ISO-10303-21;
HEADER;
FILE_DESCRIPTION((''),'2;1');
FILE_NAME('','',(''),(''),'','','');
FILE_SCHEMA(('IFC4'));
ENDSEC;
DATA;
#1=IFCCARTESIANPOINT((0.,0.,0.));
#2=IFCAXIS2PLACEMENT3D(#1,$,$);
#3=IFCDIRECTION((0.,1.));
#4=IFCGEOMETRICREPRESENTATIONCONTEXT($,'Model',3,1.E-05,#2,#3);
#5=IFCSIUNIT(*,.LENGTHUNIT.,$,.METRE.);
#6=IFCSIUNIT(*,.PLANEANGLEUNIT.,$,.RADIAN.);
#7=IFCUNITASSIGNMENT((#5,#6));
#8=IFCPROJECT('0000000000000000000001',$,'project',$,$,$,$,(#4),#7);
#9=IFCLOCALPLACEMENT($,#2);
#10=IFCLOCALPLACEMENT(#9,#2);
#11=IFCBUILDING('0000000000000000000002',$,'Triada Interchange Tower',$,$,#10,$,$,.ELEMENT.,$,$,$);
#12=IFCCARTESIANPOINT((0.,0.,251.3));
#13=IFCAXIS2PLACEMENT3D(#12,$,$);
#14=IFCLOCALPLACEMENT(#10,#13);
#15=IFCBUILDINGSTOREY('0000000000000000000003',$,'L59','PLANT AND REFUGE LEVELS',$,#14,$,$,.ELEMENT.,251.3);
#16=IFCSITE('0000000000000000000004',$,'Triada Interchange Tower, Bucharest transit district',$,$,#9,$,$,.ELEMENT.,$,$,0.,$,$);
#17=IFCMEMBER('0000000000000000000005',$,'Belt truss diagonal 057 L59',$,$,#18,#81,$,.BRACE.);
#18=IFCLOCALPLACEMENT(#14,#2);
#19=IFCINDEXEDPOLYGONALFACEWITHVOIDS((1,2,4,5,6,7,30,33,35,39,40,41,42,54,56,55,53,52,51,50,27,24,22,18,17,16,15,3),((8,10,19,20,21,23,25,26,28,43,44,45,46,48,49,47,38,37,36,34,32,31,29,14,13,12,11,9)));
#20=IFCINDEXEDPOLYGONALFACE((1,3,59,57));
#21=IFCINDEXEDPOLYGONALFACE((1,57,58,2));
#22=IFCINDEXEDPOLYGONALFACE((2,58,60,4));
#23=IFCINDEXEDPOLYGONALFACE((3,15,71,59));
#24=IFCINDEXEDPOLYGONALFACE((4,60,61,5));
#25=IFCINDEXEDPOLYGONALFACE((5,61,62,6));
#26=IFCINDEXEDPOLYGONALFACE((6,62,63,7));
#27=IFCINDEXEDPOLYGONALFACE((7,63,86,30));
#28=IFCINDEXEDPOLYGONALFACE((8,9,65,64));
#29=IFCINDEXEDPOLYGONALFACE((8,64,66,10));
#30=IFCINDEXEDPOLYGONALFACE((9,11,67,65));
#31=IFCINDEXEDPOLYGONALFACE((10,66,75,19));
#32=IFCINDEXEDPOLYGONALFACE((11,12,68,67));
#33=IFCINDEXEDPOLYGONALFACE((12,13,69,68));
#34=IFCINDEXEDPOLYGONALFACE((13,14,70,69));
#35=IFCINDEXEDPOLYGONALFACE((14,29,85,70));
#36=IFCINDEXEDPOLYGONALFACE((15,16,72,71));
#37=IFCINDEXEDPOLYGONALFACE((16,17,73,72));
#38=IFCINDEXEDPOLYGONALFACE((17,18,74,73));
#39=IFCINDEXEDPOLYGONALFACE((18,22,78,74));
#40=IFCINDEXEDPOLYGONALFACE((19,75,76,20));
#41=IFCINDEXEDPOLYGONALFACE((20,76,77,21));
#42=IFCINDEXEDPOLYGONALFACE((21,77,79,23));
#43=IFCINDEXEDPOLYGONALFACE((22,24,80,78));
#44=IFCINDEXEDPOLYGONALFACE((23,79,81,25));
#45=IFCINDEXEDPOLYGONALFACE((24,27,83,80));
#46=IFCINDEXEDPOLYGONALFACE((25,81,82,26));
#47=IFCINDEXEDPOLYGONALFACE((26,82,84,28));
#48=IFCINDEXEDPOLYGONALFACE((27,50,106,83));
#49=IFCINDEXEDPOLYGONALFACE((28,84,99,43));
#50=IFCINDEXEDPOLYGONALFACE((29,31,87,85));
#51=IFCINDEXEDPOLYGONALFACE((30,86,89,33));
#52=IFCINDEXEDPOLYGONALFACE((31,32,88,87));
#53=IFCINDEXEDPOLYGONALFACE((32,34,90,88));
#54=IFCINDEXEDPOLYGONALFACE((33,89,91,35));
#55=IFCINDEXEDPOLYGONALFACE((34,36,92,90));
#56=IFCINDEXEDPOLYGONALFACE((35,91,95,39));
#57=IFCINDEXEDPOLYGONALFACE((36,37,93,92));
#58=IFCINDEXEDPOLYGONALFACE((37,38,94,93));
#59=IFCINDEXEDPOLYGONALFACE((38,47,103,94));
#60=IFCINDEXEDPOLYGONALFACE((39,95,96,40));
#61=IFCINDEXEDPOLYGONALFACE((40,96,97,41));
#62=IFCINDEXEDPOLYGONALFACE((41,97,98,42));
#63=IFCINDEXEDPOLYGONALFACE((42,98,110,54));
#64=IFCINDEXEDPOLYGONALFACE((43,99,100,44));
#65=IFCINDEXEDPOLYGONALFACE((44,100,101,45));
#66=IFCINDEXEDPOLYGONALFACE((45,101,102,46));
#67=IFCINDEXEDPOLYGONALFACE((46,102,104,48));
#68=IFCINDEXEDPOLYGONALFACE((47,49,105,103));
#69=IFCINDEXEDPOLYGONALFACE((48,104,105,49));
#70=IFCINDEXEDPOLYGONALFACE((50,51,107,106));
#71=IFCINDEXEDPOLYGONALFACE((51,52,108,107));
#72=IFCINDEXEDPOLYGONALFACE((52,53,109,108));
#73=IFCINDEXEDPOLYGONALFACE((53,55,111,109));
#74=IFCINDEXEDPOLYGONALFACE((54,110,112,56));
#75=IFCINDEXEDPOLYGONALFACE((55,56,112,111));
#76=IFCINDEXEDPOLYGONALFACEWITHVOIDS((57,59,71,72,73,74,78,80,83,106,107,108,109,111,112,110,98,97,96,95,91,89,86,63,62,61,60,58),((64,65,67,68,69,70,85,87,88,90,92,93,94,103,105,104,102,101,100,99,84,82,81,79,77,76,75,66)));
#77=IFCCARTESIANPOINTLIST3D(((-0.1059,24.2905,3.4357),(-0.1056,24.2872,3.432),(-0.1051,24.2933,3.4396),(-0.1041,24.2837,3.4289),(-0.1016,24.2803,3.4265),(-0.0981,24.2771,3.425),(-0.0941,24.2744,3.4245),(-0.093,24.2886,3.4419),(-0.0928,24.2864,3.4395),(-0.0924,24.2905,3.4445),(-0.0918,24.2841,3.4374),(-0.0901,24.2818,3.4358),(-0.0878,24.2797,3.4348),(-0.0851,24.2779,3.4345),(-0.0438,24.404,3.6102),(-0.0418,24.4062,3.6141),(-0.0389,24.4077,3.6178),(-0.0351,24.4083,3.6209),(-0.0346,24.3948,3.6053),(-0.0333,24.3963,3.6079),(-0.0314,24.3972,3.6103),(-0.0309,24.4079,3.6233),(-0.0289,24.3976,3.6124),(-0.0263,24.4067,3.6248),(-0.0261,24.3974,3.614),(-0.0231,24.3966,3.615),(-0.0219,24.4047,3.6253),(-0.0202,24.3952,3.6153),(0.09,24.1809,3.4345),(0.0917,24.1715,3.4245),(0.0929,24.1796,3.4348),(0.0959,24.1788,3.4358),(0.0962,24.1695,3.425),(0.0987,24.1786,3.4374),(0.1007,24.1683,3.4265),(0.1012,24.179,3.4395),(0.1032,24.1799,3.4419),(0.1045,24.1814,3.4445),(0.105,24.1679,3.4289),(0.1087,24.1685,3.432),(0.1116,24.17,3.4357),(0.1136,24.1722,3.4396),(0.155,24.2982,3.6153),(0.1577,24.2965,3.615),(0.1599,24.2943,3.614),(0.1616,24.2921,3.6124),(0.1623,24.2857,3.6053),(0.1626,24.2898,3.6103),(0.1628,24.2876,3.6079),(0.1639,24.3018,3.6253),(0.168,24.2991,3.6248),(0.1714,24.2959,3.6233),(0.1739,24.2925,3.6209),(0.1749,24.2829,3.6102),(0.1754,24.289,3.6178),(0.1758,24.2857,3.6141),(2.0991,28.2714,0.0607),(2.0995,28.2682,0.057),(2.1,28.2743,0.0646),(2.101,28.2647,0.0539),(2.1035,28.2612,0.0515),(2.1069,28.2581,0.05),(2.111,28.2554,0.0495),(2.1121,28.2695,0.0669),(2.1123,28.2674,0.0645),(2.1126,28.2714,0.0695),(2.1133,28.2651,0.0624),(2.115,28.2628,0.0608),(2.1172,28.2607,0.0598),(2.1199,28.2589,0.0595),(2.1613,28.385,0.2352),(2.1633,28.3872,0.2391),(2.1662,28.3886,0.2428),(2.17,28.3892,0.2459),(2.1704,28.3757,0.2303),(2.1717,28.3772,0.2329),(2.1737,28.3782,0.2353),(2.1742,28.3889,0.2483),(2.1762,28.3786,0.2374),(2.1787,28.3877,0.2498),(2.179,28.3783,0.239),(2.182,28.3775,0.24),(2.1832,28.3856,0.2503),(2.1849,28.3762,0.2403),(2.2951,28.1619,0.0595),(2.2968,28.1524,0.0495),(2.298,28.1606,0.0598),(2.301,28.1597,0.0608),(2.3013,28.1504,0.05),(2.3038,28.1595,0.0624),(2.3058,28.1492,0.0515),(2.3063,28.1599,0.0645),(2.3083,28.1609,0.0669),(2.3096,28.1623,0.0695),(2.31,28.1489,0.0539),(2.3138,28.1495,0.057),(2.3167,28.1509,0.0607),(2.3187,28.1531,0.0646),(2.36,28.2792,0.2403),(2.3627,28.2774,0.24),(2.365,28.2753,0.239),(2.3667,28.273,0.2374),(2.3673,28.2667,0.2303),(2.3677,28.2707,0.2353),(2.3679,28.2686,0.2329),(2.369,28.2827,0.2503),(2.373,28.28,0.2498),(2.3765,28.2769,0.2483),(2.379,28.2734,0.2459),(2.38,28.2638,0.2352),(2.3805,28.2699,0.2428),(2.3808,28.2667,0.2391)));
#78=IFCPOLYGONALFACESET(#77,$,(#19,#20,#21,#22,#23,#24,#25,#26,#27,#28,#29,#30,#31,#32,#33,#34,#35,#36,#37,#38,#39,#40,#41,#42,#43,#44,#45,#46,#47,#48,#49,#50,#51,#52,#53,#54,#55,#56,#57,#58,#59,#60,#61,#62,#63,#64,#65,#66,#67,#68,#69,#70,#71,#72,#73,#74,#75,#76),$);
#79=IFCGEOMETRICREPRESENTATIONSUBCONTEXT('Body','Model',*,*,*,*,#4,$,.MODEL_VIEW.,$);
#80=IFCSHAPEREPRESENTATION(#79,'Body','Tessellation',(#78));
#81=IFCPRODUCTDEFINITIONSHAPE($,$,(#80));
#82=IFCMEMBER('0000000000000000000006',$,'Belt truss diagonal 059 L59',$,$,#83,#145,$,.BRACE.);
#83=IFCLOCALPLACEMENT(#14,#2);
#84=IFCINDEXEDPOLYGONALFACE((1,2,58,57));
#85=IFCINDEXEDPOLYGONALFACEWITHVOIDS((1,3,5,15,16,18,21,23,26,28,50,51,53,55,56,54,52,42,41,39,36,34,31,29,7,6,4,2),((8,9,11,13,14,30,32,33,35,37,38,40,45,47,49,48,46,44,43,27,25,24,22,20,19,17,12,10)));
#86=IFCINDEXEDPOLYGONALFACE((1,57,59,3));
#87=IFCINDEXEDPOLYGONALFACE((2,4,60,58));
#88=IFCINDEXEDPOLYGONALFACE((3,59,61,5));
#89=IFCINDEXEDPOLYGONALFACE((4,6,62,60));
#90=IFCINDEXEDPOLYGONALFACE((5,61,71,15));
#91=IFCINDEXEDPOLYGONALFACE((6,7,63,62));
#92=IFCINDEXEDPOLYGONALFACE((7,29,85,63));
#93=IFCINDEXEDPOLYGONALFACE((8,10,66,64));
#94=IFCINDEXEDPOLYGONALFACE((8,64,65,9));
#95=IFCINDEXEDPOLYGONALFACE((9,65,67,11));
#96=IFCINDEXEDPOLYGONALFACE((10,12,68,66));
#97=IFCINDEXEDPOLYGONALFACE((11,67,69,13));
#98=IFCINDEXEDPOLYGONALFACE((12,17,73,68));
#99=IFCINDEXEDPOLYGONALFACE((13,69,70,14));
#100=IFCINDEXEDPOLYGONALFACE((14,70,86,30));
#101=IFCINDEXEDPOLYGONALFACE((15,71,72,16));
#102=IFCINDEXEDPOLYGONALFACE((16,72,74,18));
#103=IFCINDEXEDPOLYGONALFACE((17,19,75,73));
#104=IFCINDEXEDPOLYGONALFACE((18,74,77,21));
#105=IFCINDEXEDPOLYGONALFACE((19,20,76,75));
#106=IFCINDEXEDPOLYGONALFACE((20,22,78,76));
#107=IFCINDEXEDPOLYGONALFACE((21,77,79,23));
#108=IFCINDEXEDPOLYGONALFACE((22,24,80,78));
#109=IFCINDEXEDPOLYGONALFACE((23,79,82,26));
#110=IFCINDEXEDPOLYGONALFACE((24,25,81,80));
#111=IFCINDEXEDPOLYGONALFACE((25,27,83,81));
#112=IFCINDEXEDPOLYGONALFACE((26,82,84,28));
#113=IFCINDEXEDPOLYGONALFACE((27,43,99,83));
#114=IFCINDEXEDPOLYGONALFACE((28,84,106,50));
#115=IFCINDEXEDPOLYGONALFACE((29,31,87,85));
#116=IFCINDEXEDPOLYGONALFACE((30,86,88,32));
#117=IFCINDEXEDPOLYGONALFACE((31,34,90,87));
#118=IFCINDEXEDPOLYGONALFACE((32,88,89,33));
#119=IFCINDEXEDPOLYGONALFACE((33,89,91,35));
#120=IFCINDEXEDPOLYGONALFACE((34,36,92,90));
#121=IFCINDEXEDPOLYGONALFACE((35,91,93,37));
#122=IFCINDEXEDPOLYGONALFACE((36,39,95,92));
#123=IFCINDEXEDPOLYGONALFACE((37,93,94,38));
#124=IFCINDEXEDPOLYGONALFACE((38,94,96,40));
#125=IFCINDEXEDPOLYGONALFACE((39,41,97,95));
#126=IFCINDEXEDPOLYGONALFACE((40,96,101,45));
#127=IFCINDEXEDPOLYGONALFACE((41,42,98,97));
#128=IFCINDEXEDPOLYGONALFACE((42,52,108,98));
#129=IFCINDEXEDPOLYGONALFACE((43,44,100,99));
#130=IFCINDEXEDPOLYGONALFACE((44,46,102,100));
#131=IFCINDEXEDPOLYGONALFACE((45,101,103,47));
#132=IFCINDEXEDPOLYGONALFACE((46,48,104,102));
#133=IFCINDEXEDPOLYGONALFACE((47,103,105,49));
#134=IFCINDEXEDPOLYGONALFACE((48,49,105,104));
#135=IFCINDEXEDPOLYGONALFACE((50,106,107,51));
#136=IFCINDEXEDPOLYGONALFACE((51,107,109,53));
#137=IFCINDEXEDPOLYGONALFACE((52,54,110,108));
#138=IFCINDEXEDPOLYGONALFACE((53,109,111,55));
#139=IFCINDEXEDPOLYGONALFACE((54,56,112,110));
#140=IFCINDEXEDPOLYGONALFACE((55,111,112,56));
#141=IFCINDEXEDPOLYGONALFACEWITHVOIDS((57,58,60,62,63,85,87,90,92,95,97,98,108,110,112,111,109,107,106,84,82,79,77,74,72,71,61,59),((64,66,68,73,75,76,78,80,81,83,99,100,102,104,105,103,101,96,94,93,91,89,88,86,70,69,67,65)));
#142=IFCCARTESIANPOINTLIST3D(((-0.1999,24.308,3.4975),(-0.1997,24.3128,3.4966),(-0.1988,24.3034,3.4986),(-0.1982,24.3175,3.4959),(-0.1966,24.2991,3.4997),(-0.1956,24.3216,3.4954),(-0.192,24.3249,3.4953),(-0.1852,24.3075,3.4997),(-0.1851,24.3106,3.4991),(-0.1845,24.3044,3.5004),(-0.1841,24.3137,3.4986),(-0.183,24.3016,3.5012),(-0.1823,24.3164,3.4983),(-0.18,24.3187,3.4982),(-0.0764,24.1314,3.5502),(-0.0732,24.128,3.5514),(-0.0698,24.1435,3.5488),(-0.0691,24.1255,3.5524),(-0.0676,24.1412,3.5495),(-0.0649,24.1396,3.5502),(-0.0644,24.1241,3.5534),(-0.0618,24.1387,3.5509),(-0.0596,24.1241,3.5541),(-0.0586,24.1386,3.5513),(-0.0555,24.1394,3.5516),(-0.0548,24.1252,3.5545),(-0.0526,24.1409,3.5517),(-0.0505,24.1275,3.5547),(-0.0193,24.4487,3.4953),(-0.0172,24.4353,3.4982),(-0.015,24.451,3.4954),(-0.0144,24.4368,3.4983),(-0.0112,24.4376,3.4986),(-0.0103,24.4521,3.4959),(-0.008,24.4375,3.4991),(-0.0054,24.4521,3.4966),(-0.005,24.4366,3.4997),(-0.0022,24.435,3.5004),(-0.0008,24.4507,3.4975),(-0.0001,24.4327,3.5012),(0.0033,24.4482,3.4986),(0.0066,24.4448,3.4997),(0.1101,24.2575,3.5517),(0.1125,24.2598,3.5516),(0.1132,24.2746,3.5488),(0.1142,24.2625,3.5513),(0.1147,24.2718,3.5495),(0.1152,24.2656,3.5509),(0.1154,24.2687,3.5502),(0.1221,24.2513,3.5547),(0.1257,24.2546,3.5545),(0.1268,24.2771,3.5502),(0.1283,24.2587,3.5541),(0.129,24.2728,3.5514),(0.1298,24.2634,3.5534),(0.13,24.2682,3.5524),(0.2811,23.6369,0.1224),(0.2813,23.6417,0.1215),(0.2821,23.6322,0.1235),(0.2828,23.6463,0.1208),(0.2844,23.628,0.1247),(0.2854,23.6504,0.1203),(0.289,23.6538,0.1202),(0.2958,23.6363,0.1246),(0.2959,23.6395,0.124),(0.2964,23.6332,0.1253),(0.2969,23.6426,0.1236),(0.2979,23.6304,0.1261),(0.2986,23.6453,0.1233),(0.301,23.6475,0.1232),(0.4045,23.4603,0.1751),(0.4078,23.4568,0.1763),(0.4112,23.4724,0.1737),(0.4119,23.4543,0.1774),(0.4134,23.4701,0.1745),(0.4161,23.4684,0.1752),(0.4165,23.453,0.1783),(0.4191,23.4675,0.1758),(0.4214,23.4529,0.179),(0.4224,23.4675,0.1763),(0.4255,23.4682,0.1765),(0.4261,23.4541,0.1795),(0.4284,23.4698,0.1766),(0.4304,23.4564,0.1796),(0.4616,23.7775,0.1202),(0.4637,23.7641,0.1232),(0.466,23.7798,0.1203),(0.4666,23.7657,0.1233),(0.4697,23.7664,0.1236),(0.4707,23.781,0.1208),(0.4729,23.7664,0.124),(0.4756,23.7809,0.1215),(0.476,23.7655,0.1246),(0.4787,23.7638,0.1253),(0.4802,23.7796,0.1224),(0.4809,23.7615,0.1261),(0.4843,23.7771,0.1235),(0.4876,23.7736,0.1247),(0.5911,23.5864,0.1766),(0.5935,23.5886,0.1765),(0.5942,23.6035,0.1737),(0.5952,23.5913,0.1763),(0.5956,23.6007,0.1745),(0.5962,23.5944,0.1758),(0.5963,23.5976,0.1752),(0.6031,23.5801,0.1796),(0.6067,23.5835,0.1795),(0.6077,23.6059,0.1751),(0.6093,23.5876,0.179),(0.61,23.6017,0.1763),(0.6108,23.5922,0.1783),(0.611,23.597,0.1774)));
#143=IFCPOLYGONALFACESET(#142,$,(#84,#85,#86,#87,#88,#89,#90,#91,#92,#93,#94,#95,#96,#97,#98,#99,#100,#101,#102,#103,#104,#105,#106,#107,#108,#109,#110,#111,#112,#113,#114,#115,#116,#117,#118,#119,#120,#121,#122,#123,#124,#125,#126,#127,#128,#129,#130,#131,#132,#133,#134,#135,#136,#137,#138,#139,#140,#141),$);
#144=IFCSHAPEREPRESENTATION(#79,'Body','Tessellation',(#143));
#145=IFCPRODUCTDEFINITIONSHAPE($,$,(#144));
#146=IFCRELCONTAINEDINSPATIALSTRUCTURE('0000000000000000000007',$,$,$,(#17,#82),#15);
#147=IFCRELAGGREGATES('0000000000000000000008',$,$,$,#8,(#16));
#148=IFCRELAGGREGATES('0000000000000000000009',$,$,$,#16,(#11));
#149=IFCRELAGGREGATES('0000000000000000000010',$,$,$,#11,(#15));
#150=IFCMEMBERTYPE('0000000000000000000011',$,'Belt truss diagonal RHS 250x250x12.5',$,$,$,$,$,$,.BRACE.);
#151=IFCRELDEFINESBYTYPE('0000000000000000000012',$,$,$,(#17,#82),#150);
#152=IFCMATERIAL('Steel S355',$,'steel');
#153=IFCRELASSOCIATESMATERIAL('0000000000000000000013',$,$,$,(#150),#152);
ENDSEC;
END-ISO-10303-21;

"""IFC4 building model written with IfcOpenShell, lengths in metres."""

from ifc_helpers import new_model, si_unit, direction, frame, origin, origin_2d, place, context, subcontext, project, spatial, hollow_rectangle, extrude, material, material_profile, profile_set, type_object, element, save


model = new_model("IFC4")

# Units and contexts
model_context = context("Model", 3, precision=1e-05, world=origin(), true_north=direction((0.0, 1.0)))
body_context = subcontext(model_context, "Body", "Model", "MODEL_VIEW")
ifc_project = project(units=[si_unit("LENGTHUNIT", "METRE"), si_unit("PLANEANGLEUNIT", "RADIAN")], contexts=[model_context])

# Site, building, storey
site_placement = place(None, origin())
site = spatial("IfcSite", under=ifc_project, at=site_placement, Name="Triada Interchange Tower, Bucharest transit district", CompositionType="ELEMENT", RefElevation=0.0)
building_placement = place(site_placement, origin())
building = spatial("IfcBuilding", under=site, at=building_placement, Name="Triada Interchange Tower", CompositionType="ELEMENT")
storey_placement = place(building_placement, frame((0.0, 0.0, 251.3)))
storey = spatial("IfcBuildingStorey", under=building, at=storey_placement, Name="L59", Description="PLANT AND REFUGE LEVELS", CompositionType="ELEMENT", Elevation=251.3)

# Members
ifc_material_1 = material(Name="Steel S355", Category="steel")
ifc_material_profile_1 = material_profile(ifc_material_1, hollow_rectangle(XDim=0.25, YDim=0.25, WallThickness=0.0125, InnerFilletRadius=0.0125, OuterFilletRadius=0.0188, at=origin_2d()), Name="RHS 250x250x12.5")
ifc_profile_set_1 = profile_set([ifc_material_profile_1], Name="Steel S355")
member_type_1 = type_object("IfcMemberType", Name="Belt truss diagonal RHS 250x250x12.5", PredefinedType="BRACE", material=ifc_profile_set_1)
member_1_placement = place(storey_placement, frame((2.24, 28.269, 0.1499), z_axis=(-0.389193, -0.702632, 0.595682), x_axis=(0.874769, -0.48454, 0.0)))
element("IfcMember", 1, at=member_1_placement, inside=storey, type_object=member_type_1, Name="Belt truss diagonal 057 L59", PredefinedType="BRACE", context=body_context, shape_type="SweptSolid", body=[
    extrude(hollow_rectangle(XDim=0.25, YDim=0.25, WallThickness=0.0125, InnerFilletRadius=0.0125, OuterFilletRadius=0.0188, at=origin_2d()), origin(), (0.0, 0.0, 1.0), 5.6658),
])
member_2_placement = place(storey_placement, frame((0.446, 23.6169, 0.1499), z_axis=(-0.138424, 0.193161, 0.971354), x_axis=(-0.812833, -0.582496, 0.0)))
element("IfcMember", 2, at=member_2_placement, inside=storey, type_object=member_type_1, Name="Belt truss diagonal 059 L59", PredefinedType="BRACE", context=body_context, shape_type="SweptSolid", body=[
    extrude(hollow_rectangle(XDim=0.25, YDim=0.25, WallThickness=0.0125, InnerFilletRadius=0.0125, OuterFilletRadius=0.0188, at=origin_2d()), origin(), (0.0, 0.0, 1.0), 3.4746),
])

save(model, "model.ifc")
